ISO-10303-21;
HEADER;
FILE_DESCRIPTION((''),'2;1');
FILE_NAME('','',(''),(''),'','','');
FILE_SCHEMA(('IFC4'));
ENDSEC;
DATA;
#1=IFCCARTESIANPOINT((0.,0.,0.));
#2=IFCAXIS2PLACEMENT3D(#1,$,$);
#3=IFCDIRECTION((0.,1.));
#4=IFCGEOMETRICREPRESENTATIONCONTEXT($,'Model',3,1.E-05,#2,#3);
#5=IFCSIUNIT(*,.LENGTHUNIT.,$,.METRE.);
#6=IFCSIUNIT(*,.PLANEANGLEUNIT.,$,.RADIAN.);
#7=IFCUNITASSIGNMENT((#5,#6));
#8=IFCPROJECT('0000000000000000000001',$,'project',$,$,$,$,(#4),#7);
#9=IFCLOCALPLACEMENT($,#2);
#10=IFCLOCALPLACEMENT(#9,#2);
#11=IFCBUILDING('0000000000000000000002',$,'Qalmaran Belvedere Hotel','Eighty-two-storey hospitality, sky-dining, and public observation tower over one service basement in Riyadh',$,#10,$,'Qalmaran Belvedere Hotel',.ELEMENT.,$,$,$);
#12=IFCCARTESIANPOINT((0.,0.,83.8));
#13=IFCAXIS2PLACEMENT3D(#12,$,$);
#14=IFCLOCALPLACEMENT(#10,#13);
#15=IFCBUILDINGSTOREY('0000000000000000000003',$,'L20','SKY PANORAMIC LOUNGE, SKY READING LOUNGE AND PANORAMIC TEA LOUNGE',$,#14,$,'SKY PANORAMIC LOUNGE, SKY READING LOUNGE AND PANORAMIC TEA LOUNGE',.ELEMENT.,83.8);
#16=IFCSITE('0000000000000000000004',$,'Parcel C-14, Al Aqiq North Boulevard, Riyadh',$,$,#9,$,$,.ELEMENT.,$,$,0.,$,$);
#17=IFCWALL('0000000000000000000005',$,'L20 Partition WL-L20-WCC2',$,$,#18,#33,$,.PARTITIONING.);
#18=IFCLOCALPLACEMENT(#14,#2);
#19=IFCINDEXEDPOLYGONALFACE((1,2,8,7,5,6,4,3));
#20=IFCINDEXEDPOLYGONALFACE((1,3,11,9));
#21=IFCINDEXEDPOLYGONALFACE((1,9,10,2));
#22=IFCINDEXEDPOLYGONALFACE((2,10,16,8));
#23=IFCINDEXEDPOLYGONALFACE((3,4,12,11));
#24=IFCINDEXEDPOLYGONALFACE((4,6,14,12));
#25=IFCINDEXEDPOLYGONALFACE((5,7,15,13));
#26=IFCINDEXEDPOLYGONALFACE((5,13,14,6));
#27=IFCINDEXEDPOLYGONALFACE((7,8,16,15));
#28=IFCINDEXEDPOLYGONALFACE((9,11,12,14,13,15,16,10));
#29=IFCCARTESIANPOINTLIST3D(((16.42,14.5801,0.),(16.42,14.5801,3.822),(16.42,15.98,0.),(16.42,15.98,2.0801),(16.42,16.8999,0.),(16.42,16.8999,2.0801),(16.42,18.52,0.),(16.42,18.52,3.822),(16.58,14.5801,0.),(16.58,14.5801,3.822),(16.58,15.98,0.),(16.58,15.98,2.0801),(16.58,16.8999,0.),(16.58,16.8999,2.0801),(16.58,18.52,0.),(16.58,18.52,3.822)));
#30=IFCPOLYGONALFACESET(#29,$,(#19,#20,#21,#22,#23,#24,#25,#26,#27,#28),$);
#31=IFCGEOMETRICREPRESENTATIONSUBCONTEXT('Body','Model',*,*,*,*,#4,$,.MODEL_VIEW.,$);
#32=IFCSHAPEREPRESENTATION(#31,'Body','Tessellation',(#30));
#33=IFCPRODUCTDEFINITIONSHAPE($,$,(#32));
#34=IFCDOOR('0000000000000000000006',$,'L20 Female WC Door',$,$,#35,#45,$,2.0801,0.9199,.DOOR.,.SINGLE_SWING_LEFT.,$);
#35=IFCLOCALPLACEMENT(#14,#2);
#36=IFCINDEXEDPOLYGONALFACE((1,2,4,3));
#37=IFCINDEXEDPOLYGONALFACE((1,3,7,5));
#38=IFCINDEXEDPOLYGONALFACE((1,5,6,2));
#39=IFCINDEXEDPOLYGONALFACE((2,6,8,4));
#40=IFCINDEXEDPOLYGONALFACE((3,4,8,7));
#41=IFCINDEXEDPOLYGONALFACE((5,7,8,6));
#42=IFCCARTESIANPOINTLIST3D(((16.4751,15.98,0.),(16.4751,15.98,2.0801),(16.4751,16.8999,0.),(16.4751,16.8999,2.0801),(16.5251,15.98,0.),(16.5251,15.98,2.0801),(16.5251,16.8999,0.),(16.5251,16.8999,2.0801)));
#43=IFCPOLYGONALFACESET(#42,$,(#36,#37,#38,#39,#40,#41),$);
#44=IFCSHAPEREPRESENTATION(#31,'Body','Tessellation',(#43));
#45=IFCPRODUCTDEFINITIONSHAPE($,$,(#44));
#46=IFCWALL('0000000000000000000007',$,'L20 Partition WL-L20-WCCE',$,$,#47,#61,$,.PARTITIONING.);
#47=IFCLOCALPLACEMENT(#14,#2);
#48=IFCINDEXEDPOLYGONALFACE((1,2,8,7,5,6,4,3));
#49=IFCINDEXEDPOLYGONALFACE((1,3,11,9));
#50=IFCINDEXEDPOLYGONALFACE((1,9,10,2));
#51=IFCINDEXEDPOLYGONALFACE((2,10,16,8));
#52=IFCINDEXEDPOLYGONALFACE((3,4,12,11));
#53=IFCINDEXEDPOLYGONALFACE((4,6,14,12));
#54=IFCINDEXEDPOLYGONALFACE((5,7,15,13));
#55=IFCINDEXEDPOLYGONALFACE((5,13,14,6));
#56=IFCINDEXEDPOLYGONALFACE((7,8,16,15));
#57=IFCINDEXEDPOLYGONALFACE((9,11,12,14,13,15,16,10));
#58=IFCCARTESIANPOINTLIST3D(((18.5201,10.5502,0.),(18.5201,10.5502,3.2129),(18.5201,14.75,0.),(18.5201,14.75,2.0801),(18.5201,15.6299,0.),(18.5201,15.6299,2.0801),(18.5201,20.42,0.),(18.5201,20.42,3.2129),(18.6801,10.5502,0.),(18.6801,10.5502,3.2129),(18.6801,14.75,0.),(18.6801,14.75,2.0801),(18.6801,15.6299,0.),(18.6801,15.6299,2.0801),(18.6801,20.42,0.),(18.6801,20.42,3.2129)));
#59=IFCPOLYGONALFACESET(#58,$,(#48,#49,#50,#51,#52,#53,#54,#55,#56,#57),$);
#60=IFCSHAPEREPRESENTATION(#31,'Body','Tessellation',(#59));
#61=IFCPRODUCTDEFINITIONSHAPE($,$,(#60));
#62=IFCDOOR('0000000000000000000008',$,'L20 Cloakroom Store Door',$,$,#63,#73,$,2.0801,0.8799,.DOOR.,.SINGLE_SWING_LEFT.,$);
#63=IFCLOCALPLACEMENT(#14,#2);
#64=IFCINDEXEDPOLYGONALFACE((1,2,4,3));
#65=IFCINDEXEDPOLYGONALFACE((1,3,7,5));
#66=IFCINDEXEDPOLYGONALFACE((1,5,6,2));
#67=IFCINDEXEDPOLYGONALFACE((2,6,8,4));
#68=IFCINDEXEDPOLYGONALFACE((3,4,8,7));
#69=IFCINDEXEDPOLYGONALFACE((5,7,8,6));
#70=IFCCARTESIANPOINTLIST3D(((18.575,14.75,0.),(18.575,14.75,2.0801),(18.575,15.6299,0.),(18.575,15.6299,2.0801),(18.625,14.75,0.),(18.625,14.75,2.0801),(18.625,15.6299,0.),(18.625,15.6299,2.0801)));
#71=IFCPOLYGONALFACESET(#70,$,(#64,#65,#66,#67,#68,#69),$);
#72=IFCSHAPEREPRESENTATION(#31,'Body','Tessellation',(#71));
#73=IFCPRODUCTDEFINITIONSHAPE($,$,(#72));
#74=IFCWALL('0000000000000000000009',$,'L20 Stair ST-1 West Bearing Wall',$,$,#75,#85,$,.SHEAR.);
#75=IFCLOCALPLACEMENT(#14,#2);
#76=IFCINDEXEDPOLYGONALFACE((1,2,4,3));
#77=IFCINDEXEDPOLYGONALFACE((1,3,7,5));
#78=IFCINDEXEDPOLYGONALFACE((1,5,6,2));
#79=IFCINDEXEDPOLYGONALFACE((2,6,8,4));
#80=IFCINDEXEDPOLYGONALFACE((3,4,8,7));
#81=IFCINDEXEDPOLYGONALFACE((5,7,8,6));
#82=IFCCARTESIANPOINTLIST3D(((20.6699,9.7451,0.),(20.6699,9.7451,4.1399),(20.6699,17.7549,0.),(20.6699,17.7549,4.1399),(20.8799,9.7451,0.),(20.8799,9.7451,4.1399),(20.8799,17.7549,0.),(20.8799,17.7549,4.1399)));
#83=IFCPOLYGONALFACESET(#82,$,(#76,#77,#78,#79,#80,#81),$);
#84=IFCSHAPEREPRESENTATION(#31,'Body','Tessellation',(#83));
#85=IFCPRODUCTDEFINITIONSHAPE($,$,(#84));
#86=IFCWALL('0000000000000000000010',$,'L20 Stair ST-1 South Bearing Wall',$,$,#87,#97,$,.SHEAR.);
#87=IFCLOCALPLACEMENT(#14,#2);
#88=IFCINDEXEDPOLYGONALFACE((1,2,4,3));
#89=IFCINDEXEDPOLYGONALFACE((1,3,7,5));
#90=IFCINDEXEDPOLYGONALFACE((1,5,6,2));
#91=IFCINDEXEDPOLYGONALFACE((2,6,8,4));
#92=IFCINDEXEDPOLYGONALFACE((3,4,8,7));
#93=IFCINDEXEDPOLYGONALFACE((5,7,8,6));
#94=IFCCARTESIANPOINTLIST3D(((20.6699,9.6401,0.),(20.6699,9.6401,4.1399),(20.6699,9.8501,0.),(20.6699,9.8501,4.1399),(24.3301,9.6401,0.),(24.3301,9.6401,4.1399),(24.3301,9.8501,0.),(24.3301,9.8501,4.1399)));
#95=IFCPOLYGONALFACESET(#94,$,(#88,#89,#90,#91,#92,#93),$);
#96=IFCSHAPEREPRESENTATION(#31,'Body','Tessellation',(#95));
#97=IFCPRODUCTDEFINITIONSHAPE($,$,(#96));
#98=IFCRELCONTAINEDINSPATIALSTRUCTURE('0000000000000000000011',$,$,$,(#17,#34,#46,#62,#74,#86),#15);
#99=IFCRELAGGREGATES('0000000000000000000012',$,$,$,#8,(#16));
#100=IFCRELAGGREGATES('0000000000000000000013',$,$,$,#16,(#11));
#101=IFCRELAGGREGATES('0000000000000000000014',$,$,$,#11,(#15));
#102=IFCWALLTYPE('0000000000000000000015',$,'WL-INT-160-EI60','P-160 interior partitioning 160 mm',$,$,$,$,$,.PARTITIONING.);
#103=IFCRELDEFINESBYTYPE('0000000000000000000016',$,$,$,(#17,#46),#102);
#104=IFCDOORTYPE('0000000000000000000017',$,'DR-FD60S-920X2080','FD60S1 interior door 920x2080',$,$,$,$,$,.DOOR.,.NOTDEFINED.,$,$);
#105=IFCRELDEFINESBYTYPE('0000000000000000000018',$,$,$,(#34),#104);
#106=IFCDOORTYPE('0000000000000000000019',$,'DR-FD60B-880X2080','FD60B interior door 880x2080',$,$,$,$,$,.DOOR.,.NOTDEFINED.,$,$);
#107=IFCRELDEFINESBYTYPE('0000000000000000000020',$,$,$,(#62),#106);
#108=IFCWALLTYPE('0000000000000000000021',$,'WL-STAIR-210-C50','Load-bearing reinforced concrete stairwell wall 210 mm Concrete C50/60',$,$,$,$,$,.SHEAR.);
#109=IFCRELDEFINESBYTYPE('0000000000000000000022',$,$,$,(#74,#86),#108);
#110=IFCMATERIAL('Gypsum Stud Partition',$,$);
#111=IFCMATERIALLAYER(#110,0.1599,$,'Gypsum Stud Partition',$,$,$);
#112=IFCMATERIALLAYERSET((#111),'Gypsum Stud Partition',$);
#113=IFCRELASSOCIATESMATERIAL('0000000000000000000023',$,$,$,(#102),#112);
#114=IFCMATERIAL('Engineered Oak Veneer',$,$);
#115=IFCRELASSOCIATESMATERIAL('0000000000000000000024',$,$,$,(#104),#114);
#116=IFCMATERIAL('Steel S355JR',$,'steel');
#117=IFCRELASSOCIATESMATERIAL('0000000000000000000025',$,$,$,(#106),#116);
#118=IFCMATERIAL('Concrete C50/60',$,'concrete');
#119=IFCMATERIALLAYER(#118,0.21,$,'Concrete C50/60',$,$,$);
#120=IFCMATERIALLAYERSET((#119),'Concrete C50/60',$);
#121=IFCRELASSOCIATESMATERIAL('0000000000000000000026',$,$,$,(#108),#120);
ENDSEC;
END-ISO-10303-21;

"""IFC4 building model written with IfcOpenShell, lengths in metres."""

from ifc_helpers import new_model, si_unit, direction, frame, frame_2d, origin, place, context, subcontext, project, spatial, rectangle, extrude, material, layer, layer_set, type_object, element, fill, save


model = new_model("IFC4")

# Units and contexts
model_context = context("Model", 3, precision=1e-05, world=origin(), true_north=direction((0.0, 1.0)))
body_context = subcontext(model_context, "Body", "Model", "MODEL_VIEW")
ifc_project = project(units=[si_unit("LENGTHUNIT", "METRE"), si_unit("PLANEANGLEUNIT", "RADIAN")], contexts=[model_context])

# Site, building, storey
site_placement = place(None, origin())
site = spatial("IfcSite", under=ifc_project, at=site_placement, Name="Parcel C-14, Al Aqiq North Boulevard, Riyadh", CompositionType="ELEMENT", RefElevation=0.0)
building_placement = place(site_placement, origin())
building = spatial("IfcBuilding", under=site, at=building_placement, Name="Qalmaran Belvedere Hotel", Description="Eighty-two-storey hospitality, sky-dining, and public observation tower over one service basement in Riyadh", LongName="Qalmaran Belvedere Hotel", CompositionType="ELEMENT")
storey_placement = place(building_placement, frame((0.0, 0.0, 83.8)))
storey = spatial("IfcBuildingStorey", under=building, at=storey_placement, Name="L20", Description="SKY PANORAMIC LOUNGE, SKY READING LOUNGE AND PANORAMIC TEA LOUNGE", LongName="SKY PANORAMIC LOUNGE, SKY READING LOUNGE AND PANORAMIC TEA LOUNGE", CompositionType="ELEMENT", Elevation=83.8)

# Shared definitions
ifc_material_1 = material(Name="Steel S355JR", Category="steel")

# Shared definitions
ifc_material_2 = material(Name="Concrete C50/60", Category="concrete")

# Shared definitions
ifc_material_3 = material(Name="Gypsum Stud Partition")

# Shared definitions
ifc_layer_1 = layer(ifc_material_3, 0.1599, Name="Gypsum Stud Partition")
ifc_layer_set_1 = layer_set([ifc_layer_1], Name="Gypsum Stud Partition")
wall_type_1 = type_object("IfcWallType", Name="WL-INT-160-EI60", Description="P-160 interior partitioning 160 mm", PredefinedType="PARTITIONING", material=ifc_layer_set_1)

# Walls, openings, doors
ifc_material_4 = material(Name="Engineered Oak Veneer")
door_type_1 = type_object("IfcDoorType", Name="DR-FD60S-920X2080", Description="FD60S1 interior door 920x2080", OperationType="NOTDEFINED", PredefinedType="DOOR", material=ifc_material_4)
wall_1_placement = place(storey_placement, frame((16.5, 14.5801, 0.0), z_axis=(0.0, 0.0, 1.0), x_axis=(0.0, 1.0, 0.0)))
wall_1 = element("IfcWall", 1, at=wall_1_placement, inside=storey, type_object=wall_type_1, Name="L20 Partition WL-L20-WCC2", PredefinedType="PARTITIONING", context=body_context, shape_type="SweptSolid", body=[
    extrude(rectangle(XDim=3.9399, YDim=0.1599, at=frame_2d((1.97, 0.0))), origin(), (0.0, 0.0, 1.0), 3.822),
])
opening_1_placement = place(wall_1_placement, frame((1.3999, 0.0, 0.0)))
opening_1 = element("IfcOpeningElement", 2, at=opening_1_placement, cuts=wall_1, PredefinedType="OPENING", context=body_context, shape_type="SweptSolid", body=[
    extrude(rectangle(XDim=0.9199, YDim=2.0801, at=frame_2d((0.46, 1.04))), frame((0.0, 0.0898, 0.0), z_axis=(0.0, -1.0, 0.0), x_axis=(1.0, 0.0, 0.0)), (0.0, 0.0, 1.0), 0.1799),
])
door_1_placement = place(opening_1_placement, origin())
door_1 = element("IfcDoor", 3, at=door_1_placement, inside=storey, type_object=door_type_1, Name="L20 Female WC Door", OperationType="SINGLE_SWING_LEFT", OverallHeight=2.0801, OverallWidth=0.9199, PredefinedType="DOOR", context=body_context, shape_type="SweptSolid", body=[
    extrude(rectangle(XDim=0.9199, YDim=2.0801, at=frame_2d((0.46, 1.04))), frame((0.0, 0.0249, 0.0), z_axis=(0.0, -1.0, 0.0), x_axis=(1.0, 0.0, 0.0)), (0.0, 0.0, 1.0), 0.05),
])
fill(opening_1, door_1)
wall_2_placement = place(storey_placement, frame((18.6001, 10.55, 0.0), z_axis=(0.0, 0.0, 1.0), x_axis=(0.0, 1.0, 0.0)))
wall_2 = element("IfcWall", 4, at=wall_2_placement, inside=storey, type_object=wall_type_1, Name="L20 Partition WL-L20-WCCE", PredefinedType="PARTITIONING", context=body_context, shape_type="SweptSolid", body=[
    extrude(rectangle(XDim=9.8699, YDim=0.1599, at=frame_2d((4.9351, 0.0))), origin(), (0.0, 0.0, 1.0), 3.2129),
])
opening_2_placement = place(wall_2_placement, frame((5.0798, 0.0, 0.0), z_axis=(0.0, 0.0, 1.0), x_axis=(-1.0, 0.0, 0.0)))
opening_2 = element("IfcOpeningElement", 5, at=opening_2_placement, cuts=wall_2, PredefinedType="OPENING", context=body_context, shape_type="SweptSolid", body=[
    extrude(rectangle(XDim=0.8799, YDim=2.0801, at=frame_2d((0.4399, 1.04))), frame((0.0, 0.0898, 0.0), z_axis=(0.0, -1.0, 0.0), x_axis=(1.0, 0.0, 0.0)), (0.0, 0.0, 1.0), 0.1799),
])
door_type_2 = type_object("IfcDoorType", Name="DR-FD60B-880X2080", Description="FD60B interior door 880x2080", OperationType="NOTDEFINED", PredefinedType="DOOR", material=ifc_material_1)
door_2_placement = place(opening_2_placement, origin())
door_2 = element("IfcDoor", 6, at=door_2_placement, inside=storey, type_object=door_type_2, Name="L20 Cloakroom Store Door", OperationType="SINGLE_SWING_LEFT", OverallHeight=2.0801, OverallWidth=0.8799, PredefinedType="DOOR", context=body_context, shape_type="SweptSolid", body=[
    extrude(rectangle(XDim=0.8799, YDim=2.0801, at=frame_2d((0.4399, 1.04))), frame((0.0, 0.0249, 0.0), z_axis=(0.0, -1.0, 0.0), x_axis=(1.0, 0.0, 0.0)), (0.0, 0.0, 1.0), 0.05),
])
fill(opening_2, door_2)

# Walls
ifc_layer_2 = layer(ifc_material_2, 0.21, Name="Concrete C50/60")
ifc_layer_set_2 = layer_set([ifc_layer_2], Name="Concrete C50/60")
wall_type_2 = type_object("IfcWallType", Name="WL-STAIR-210-C50", Description="Load-bearing reinforced concrete stairwell wall 210 mm Concrete C50/60", PredefinedType="SHEAR", material=ifc_layer_set_2)
wall_3_placement = place(storey_placement, frame((20.7749, 9.7451, 0.0), z_axis=(0.0, 0.0, 1.0), x_axis=(0.0, 1.0, 0.0)))
element("IfcWall", 7, at=wall_3_placement, inside=storey, type_object=wall_type_2, Name="L20 Stair ST-1 West Bearing Wall", PredefinedType="SHEAR", context=body_context, shape_type="SweptSolid", body=[
    extrude(rectangle(XDim=8.0098, YDim=0.21, at=frame_2d((4.0049, 0.0))), origin(), (0.0, 0.0, 1.0), 4.1399),
])
wall_4_placement = place(storey_placement, frame((20.6699, 9.7451, 0.0), z_axis=(0.0, 0.0, 1.0), x_axis=(1.0, 0.0, 0.0)))
element("IfcWall", 8, at=wall_4_placement, inside=storey, type_object=wall_type_2, Name="L20 Stair ST-1 South Bearing Wall", PredefinedType="SHEAR", context=body_context, shape_type="SweptSolid", body=[
    extrude(rectangle(XDim=3.6602, YDim=0.21, at=frame_2d((1.8301, 0.0))), origin(), (0.0, 0.0, 1.0), 4.1399),
])

save(model, "model.ifc")
